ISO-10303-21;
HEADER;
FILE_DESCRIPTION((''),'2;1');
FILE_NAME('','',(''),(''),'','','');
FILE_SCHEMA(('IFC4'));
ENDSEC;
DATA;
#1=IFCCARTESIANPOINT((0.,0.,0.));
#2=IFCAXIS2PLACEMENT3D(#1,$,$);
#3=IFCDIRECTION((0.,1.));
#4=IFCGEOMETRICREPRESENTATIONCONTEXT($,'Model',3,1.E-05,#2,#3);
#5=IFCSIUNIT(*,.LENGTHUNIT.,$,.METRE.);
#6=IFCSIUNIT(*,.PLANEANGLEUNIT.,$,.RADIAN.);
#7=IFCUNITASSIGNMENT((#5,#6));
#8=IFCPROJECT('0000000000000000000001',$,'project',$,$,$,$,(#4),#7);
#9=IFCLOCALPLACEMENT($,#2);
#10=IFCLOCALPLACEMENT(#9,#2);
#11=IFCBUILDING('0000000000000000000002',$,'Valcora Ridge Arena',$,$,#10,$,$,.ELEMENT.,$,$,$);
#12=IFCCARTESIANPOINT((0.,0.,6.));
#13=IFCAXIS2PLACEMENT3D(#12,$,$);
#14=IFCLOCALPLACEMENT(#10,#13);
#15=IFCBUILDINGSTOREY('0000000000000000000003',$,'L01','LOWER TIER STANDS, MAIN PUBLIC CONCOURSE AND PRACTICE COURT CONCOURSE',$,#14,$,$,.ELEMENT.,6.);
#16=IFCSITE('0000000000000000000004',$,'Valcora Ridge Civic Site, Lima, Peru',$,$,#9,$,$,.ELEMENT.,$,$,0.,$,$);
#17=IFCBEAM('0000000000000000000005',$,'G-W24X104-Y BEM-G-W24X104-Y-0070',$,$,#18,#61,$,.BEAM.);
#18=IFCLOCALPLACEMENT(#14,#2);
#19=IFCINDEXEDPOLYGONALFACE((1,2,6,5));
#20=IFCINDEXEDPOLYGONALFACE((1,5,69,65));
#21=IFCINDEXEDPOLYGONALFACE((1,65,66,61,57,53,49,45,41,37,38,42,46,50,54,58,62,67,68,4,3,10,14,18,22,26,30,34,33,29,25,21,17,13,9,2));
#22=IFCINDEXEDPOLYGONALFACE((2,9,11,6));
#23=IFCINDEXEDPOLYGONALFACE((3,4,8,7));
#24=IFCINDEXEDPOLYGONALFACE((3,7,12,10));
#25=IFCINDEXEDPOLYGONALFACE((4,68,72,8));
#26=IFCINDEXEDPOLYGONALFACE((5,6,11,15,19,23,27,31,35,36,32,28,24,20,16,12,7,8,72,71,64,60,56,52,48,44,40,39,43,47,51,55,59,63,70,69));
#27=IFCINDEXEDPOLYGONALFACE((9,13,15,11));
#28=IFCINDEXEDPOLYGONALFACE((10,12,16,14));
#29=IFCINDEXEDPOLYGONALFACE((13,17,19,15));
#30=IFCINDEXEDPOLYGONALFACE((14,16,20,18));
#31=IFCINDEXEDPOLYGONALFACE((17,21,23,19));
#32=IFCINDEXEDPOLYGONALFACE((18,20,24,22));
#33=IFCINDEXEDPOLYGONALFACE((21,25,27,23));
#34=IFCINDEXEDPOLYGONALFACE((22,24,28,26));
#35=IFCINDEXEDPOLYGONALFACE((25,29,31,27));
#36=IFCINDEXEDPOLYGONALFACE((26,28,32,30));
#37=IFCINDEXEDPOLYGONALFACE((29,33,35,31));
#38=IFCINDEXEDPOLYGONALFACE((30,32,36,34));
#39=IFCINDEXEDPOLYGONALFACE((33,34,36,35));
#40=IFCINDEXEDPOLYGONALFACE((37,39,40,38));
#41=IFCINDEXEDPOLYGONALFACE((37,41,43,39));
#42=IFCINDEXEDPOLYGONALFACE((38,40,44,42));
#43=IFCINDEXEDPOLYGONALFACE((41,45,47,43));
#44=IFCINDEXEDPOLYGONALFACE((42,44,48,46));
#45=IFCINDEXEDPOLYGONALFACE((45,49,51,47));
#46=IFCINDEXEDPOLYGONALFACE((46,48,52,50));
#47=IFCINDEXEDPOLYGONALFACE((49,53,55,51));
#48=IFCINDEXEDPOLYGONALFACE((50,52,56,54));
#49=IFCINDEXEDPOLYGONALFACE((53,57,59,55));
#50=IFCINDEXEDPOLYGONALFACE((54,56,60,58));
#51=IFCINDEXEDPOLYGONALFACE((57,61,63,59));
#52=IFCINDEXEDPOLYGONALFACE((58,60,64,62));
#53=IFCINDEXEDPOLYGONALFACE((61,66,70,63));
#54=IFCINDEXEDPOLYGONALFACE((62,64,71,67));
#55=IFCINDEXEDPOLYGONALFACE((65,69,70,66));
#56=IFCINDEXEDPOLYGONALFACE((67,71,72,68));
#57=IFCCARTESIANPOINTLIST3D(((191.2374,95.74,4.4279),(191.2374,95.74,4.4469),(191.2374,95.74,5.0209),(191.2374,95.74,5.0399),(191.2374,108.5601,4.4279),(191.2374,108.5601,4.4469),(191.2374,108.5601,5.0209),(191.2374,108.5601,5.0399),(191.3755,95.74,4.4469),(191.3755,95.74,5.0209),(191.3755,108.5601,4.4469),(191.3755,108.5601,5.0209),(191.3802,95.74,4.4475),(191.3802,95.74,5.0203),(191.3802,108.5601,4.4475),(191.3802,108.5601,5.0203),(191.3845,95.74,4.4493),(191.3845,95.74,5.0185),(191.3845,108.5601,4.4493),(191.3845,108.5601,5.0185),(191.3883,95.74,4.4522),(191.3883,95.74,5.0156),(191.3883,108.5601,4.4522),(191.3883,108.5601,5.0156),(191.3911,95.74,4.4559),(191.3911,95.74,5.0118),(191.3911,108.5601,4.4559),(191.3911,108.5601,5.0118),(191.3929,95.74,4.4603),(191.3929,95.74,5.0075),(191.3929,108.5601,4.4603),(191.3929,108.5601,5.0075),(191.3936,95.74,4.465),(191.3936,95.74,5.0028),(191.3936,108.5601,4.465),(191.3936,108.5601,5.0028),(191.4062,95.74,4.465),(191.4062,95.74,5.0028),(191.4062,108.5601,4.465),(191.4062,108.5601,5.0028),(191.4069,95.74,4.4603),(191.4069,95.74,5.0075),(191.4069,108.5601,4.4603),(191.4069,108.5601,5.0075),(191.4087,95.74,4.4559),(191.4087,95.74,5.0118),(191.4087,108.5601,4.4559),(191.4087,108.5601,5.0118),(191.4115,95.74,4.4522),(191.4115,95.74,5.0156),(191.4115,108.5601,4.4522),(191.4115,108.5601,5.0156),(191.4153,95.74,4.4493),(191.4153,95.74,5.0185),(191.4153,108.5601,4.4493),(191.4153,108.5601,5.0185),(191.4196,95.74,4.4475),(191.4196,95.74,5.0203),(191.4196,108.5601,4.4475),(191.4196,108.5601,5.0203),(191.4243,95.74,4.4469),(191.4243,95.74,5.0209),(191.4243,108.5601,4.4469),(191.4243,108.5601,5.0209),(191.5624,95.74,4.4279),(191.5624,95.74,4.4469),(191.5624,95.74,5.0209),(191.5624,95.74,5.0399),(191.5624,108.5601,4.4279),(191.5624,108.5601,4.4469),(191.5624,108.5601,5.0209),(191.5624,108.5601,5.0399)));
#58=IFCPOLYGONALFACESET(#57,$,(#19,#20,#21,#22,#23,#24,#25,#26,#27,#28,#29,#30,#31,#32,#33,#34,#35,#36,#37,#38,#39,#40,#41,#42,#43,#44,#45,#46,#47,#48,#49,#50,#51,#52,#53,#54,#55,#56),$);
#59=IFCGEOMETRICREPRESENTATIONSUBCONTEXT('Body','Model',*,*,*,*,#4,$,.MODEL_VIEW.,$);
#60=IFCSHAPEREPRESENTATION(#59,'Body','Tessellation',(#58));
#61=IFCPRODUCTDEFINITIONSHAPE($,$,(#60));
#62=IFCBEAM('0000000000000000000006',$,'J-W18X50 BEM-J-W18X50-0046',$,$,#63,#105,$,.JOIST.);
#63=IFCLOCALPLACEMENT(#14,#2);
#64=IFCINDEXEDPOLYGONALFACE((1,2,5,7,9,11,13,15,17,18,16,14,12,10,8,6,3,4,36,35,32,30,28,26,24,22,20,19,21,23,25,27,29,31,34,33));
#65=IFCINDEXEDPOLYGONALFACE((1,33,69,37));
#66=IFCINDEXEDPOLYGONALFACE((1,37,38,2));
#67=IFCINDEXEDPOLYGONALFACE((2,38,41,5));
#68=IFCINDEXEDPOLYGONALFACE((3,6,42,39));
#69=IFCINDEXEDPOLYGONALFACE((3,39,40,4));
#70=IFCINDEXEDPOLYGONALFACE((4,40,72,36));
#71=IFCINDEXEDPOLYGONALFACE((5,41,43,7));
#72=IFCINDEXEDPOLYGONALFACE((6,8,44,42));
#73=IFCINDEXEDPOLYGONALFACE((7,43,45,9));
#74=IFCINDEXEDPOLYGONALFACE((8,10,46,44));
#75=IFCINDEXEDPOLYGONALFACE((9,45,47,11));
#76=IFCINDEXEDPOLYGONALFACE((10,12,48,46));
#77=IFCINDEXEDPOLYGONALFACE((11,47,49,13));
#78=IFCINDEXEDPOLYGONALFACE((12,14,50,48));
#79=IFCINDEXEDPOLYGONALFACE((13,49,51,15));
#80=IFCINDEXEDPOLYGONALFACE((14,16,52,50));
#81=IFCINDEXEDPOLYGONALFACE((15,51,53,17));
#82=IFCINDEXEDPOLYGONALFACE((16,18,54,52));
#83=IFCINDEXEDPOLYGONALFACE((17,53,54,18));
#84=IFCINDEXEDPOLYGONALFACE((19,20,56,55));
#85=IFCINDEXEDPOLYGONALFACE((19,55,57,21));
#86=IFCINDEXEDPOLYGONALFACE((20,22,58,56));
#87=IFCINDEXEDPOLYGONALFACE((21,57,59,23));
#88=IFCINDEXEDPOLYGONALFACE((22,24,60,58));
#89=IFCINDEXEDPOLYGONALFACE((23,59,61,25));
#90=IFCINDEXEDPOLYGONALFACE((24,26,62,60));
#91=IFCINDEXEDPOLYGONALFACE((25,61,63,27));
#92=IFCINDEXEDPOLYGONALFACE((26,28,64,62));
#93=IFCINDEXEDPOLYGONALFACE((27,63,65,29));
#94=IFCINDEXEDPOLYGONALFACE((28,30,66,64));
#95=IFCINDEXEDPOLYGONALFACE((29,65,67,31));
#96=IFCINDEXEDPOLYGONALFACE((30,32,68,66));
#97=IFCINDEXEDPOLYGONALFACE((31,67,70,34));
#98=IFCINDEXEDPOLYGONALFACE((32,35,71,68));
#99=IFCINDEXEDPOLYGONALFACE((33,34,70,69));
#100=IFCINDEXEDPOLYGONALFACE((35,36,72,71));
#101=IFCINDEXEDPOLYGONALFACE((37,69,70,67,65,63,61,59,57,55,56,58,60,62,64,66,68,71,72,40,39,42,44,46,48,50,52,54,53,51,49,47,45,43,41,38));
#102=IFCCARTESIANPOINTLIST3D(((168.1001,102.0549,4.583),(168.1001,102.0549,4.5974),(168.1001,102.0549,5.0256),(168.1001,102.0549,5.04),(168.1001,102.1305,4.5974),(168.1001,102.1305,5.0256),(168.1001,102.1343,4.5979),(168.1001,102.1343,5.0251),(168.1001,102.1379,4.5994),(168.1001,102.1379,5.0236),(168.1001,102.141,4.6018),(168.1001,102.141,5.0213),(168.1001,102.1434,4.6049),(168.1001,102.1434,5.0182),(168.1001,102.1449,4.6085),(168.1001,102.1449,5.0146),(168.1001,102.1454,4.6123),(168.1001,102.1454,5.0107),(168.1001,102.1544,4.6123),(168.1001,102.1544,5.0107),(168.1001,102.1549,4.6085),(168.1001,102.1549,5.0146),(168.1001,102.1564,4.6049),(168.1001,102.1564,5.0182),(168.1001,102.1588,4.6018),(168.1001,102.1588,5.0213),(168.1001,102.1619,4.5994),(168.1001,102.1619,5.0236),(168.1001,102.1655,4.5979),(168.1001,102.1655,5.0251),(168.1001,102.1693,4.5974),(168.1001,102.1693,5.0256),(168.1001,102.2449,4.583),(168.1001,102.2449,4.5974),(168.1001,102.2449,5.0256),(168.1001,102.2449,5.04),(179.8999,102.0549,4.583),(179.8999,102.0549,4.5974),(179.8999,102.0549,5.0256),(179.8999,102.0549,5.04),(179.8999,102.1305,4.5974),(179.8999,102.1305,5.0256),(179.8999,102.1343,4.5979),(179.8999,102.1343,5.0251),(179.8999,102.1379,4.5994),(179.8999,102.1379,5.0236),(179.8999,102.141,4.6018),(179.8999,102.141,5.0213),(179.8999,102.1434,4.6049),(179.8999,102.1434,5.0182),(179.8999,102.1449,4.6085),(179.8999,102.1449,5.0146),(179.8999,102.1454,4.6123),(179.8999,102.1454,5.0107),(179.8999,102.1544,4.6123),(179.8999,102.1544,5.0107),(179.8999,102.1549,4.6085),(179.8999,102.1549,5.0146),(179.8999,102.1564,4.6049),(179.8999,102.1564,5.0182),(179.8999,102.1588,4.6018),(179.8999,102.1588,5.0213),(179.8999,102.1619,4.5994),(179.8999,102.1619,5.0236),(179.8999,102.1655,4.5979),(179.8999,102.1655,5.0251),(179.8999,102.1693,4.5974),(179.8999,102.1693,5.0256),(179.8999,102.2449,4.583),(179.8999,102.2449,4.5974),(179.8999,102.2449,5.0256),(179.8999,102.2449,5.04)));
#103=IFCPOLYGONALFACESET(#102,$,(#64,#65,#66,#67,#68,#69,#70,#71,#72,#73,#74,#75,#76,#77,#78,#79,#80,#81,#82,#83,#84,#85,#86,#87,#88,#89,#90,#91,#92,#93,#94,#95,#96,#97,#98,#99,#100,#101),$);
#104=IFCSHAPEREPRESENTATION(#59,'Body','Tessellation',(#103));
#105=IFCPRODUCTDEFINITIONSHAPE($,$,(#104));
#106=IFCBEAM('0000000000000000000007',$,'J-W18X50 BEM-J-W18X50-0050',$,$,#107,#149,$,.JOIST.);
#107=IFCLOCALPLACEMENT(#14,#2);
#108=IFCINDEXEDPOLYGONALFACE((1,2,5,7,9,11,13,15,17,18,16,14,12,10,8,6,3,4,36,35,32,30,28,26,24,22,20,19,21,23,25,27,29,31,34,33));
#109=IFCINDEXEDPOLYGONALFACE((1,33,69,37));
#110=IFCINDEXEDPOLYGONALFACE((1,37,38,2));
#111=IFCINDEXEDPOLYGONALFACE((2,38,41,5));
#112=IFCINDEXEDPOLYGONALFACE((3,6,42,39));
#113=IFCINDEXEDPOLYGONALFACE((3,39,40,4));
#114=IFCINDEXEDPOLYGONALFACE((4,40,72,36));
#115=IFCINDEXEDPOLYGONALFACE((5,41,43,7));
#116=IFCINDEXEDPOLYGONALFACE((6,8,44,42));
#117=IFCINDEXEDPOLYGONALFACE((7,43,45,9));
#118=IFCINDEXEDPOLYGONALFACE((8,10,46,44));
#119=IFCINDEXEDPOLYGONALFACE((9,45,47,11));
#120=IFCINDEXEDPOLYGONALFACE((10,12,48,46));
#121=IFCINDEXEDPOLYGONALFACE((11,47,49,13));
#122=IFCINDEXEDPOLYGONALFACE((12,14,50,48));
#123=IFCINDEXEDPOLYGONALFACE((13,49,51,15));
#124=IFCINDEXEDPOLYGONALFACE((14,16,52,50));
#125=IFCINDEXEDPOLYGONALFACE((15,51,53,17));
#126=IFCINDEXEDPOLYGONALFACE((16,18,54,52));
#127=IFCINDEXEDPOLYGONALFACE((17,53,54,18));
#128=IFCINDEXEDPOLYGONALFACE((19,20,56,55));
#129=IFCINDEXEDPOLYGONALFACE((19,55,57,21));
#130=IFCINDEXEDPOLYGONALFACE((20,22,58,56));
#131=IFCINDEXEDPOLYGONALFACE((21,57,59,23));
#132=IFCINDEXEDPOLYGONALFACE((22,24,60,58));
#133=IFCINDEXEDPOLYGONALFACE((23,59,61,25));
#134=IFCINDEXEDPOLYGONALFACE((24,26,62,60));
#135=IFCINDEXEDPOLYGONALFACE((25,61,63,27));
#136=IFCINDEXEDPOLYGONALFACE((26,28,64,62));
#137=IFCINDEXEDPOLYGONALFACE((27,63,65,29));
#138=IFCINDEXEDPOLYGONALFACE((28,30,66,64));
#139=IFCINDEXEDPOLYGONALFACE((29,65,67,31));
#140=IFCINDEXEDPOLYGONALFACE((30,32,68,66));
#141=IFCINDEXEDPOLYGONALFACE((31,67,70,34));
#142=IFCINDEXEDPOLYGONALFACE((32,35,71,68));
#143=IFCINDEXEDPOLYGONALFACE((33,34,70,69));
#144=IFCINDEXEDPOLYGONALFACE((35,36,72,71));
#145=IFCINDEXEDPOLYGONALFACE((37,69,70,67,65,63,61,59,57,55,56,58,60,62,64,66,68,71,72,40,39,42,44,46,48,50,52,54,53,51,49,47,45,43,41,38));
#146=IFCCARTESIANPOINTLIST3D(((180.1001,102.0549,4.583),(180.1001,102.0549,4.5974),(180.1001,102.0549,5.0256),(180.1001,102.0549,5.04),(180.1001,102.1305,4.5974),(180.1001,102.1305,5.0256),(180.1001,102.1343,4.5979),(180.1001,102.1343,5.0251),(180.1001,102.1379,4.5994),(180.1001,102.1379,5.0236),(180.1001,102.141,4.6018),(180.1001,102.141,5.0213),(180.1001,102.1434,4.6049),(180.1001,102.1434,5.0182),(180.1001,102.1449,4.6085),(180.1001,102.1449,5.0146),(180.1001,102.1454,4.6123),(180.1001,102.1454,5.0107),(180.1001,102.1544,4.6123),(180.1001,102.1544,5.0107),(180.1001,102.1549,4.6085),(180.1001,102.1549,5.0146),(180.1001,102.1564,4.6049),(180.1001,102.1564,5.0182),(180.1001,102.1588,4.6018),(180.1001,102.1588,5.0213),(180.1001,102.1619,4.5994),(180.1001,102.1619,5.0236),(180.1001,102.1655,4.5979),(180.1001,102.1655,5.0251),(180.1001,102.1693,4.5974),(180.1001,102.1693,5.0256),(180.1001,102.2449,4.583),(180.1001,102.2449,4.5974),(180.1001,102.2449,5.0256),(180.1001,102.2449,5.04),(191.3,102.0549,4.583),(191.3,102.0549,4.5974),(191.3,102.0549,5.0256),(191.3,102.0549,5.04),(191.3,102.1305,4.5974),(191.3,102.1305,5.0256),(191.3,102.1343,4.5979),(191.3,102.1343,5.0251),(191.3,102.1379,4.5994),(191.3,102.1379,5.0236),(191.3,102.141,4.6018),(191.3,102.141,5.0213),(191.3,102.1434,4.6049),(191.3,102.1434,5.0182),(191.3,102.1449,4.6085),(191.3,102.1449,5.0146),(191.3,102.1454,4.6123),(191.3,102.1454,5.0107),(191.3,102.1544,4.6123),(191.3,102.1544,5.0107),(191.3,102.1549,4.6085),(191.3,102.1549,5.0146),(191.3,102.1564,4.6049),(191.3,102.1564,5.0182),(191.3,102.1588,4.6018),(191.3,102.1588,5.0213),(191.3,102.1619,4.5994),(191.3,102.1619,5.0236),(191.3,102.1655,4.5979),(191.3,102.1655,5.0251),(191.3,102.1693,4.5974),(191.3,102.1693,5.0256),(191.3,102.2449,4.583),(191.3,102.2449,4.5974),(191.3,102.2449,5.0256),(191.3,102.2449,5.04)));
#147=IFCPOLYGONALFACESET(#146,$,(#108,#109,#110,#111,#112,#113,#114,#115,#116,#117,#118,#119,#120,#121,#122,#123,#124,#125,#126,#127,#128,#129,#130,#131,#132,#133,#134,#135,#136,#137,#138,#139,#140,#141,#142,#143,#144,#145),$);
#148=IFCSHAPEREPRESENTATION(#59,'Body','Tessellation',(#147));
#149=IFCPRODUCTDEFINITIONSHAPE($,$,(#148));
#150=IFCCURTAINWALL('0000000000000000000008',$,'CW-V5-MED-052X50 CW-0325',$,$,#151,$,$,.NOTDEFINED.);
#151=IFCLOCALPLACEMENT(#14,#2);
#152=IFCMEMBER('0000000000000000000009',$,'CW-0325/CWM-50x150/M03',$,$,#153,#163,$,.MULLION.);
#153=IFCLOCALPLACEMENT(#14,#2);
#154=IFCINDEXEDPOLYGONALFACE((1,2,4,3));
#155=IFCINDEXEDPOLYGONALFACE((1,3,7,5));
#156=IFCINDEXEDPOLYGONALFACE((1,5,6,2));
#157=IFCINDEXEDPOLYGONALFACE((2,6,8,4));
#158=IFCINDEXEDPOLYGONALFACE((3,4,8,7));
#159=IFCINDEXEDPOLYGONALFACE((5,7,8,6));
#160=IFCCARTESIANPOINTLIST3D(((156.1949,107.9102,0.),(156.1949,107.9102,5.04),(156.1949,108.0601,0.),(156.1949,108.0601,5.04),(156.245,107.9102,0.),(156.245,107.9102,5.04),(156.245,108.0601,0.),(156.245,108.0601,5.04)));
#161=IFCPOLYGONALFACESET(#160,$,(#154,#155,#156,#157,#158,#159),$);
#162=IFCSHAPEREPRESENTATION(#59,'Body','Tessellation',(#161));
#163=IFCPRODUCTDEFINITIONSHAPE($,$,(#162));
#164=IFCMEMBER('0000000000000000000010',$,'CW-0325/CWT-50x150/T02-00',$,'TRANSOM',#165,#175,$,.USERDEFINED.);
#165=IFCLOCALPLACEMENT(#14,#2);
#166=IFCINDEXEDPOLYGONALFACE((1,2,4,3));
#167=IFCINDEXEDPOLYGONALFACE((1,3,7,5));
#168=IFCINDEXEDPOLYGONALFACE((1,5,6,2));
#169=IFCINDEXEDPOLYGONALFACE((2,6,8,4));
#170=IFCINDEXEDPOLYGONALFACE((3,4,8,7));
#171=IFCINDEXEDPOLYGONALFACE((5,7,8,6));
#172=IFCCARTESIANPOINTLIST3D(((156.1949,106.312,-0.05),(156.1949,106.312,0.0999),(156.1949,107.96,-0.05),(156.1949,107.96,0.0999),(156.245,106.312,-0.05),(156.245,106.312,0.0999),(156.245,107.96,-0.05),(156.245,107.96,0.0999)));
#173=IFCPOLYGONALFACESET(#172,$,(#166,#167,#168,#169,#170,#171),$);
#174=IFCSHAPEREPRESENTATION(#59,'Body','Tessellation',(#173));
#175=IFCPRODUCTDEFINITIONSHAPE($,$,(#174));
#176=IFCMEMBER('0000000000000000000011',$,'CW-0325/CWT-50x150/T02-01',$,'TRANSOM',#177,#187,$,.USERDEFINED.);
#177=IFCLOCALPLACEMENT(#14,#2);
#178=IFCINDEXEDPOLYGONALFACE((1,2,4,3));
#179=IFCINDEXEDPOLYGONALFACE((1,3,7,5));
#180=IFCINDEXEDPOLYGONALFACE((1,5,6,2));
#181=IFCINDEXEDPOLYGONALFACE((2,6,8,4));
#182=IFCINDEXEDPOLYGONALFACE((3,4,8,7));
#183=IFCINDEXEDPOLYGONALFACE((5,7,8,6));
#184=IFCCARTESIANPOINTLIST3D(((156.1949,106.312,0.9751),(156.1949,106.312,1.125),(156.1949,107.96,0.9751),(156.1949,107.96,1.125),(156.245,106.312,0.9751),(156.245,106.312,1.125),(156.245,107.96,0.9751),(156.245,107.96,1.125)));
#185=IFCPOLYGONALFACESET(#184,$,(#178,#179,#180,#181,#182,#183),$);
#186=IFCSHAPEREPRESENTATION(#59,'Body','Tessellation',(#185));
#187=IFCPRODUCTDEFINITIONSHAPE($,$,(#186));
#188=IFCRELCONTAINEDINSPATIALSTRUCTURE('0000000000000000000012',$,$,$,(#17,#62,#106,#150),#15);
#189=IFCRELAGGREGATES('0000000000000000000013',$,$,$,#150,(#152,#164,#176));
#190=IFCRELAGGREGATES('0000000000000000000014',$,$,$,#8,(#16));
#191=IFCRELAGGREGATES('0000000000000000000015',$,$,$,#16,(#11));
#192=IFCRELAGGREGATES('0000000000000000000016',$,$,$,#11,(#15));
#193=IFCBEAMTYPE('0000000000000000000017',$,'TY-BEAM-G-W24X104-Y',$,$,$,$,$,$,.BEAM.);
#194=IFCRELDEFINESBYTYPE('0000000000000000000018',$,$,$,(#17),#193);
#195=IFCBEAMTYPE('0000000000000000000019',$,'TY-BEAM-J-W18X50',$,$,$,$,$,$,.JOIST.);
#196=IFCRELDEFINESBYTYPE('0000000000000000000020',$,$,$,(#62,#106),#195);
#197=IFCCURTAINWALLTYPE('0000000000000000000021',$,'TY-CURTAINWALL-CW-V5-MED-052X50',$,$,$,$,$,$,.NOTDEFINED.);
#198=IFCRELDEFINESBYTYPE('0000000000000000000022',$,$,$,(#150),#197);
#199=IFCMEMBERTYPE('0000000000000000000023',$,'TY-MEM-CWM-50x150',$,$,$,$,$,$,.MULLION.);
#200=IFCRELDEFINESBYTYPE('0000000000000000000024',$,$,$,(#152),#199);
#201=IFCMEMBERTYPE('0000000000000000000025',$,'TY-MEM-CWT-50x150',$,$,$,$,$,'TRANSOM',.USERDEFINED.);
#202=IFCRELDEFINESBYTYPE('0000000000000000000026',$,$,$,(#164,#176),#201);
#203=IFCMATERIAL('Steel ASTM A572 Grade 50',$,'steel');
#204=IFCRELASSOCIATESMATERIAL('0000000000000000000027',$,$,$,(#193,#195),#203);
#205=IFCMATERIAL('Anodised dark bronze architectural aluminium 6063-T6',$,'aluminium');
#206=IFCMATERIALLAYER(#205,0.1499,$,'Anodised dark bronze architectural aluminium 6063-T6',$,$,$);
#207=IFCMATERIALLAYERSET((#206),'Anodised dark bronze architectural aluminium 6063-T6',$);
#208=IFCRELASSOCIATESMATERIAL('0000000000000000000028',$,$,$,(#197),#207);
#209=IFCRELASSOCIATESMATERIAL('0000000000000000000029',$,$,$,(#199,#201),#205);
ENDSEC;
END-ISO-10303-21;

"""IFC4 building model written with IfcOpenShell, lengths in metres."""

from ifc_helpers import new_model, si_unit, direction, frame, origin, origin_2d, place, context, subcontext, project, spatial, rectangle, i_section, extrude, material, layer, layer_set, material_profile, profile_set, type_object, element, aggregate, save


model = new_model("IFC4")

# Units and contexts
model_context = context("Model", 3, precision=1e-05, world=origin(), true_north=direction((0.0, 1.0)))
body_context = subcontext(model_context, "Body", "Model", "MODEL_VIEW")
ifc_project = project(units=[si_unit("LENGTHUNIT", "METRE"), si_unit("PLANEANGLEUNIT", "RADIAN")], contexts=[model_context])

# Site, building, storey
site_placement = place(None, origin())
site = spatial("IfcSite", under=ifc_project, at=site_placement, Name="Valcora Ridge Civic Site, Lima, Peru", CompositionType="ELEMENT", RefElevation=0.0)
building_placement = place(site_placement, origin())
building = spatial("IfcBuilding", under=site, at=building_placement, Name="Valcora Ridge Arena", CompositionType="ELEMENT")
storey_placement = place(building_placement, frame((0.0, 0.0, 6.0)))
storey = spatial("IfcBuildingStorey", under=building, at=storey_placement, Name="L01", Description="LOWER TIER STANDS, MAIN PUBLIC CONCOURSE AND PRACTICE COURT CONCOURSE", CompositionType="ELEMENT", Elevation=6.0)

# Beams
ifc_material_1 = material(Name="Steel ASTM A572 Grade 50", Category="steel")
ifc_material_profile_1 = material_profile(ifc_material_1, i_section(OverallWidth=0.325, OverallDepth=0.6121, WebThickness=0.0127, FlangeThickness=0.019, FilletRadius=0.0181, at=origin_2d()), Name="W24X104")
ifc_profile_set_1 = profile_set([ifc_material_profile_1], Name="Steel ASTM A572 Grade 50")
beam_type_1 = type_object("IfcBeamType", Name="TY-BEAM-G-W24X104-Y", PredefinedType="BEAM", material=ifc_profile_set_1)
for number, where, z_axis, x_axis, name in (
    (1, (191.3999, 95.74, 4.7339), (0.0, 1.0, 0.0), (-1.0, 0.0, 0.0), "G-W24X104-Y BEM-G-W24X104-Y-0070"),
):
    element("IfcBeam", number, at=place(storey_placement, frame(where, z_axis=z_axis, x_axis=x_axis)), inside=storey, type_object=beam_type_1, Name=name, PredefinedType="BEAM", context=body_context, shape_type="SweptSolid", body=[
        extrude(i_section(OverallWidth=0.325, OverallDepth=0.6121, WebThickness=0.0127, FlangeThickness=0.019, FilletRadius=0.0181, at=origin_2d()), origin(), (0.0, 0.0, 1.0), 12.8201),
    ])
ifc_material_profile_2 = material_profile(ifc_material_1, i_section(OverallWidth=0.1899, OverallDepth=0.457, WebThickness=0.009, FlangeThickness=0.0144, FilletRadius=0.0149, at=origin_2d()), Name="W18X50")
ifc_profile_set_2 = profile_set([ifc_material_profile_2], Name="Steel ASTM A572 Grade 50")
beam_type_2 = type_object("IfcBeamType", Name="TY-BEAM-J-W18X50", PredefinedType="JOIST", material=ifc_profile_set_2)
beam_1_placement = place(storey_placement, frame((168.1001, 102.1499, 4.8115), z_axis=(1.0, 0.0, 0.0), x_axis=(0.0, 1.0, 0.0)))
element("IfcBeam", 2, at=beam_1_placement, inside=storey, type_object=beam_type_2, Name="J-W18X50 BEM-J-W18X50-0046", PredefinedType="JOIST", context=body_context, shape_type="SweptSolid", body=[
    extrude(i_section(OverallWidth=0.1899, OverallDepth=0.457, WebThickness=0.009, FlangeThickness=0.0144, FilletRadius=0.0149, at=origin_2d()), origin(), (0.0, 0.0, 1.0), 11.7998),
])
beam_2_placement = place(storey_placement, frame((180.1001, 102.1499, 4.8115), z_axis=(1.0, 0.0, 0.0), x_axis=(0.0, 1.0, 0.0)))
element("IfcBeam", 3, at=beam_2_placement, inside=storey, type_object=beam_type_2, Name="J-W18X50 BEM-J-W18X50-0050", PredefinedType="JOIST", context=body_context, shape_type="SweptSolid", body=[
    extrude(i_section(OverallWidth=0.1899, OverallDepth=0.457, WebThickness=0.009, FlangeThickness=0.0144, FilletRadius=0.0149, at=origin_2d()), origin(), (0.0, 0.0, 1.0), 11.2),
])

# Curtain wall, members
ifc_material_2 = material(Name="Anodised dark bronze architectural aluminium 6063-T6", Category="aluminium")
ifc_layer_1 = layer(ifc_material_2, 0.1499, Name="Anodised dark bronze architectural aluminium 6063-T6")
ifc_layer_set_1 = layer_set([ifc_layer_1], Name="Anodised dark bronze architectural aluminium 6063-T6")
curtain_wall_type = type_object("IfcCurtainWallType", Name="TY-CURTAINWALL-CW-V5-MED-052X50", PredefinedType="NOTDEFINED", material=ifc_layer_set_1)
curtain_wall_placement = place(storey_placement, origin())
curtain_wall = element("IfcCurtainWall", 4, at=curtain_wall_placement, inside=storey, type_object=curtain_wall_type, Name="CW-V5-MED-052X50 CW-0325", PredefinedType="NOTDEFINED")
ifc_material_profile_3 = material_profile(ifc_material_2, rectangle(XDim=0.05, YDim=0.1499, at=origin_2d()), Name="ALU MULLION 50x150")
ifc_profile_set_3 = profile_set([ifc_material_profile_3], Name="Anodised dark bronze architectural aluminium 6063-T6")
member_type_1 = type_object("IfcMemberType", Name="TY-MEM-CWM-50x150", PredefinedType="MULLION", material=ifc_profile_set_3)
member_1_placement = place(storey_placement, frame((156.22, 107.9851, 0.0), z_axis=(0.0, 0.0, 1.0), x_axis=(-1.0, 0.0, 0.0)))
member_1 = element("IfcMember", 5, at=member_1_placement, type_object=member_type_1, Name="CW-0325/CWM-50x150/M03", PredefinedType="MULLION", context=body_context, shape_type="SweptSolid", body=[
    extrude(rectangle(XDim=0.05, YDim=0.1499, at=origin_2d()), origin(), (0.0, 0.0, 1.0), 5.04),
])
ifc_material_profile_4 = material_profile(ifc_material_2, rectangle(XDim=0.05, YDim=0.1499, at=origin_2d()), Name="ALU TRANSOM 50x150")
ifc_profile_set_4 = profile_set([ifc_material_profile_4], Name="Anodised dark bronze architectural aluminium 6063-T6")
member_type_2 = type_object("IfcMemberType", Name="TY-MEM-CWT-50x150", ElementType="TRANSOM", PredefinedType="USERDEFINED", material=ifc_profile_set_4)
member_2_placement = place(storey_placement, frame((156.22, 106.312, 0.0249), z_axis=(0.0, 1.0, 0.0), x_axis=(-1.0, 0.0, 0.0)))
member_2 = element("IfcMember", 6, at=member_2_placement, type_object=member_type_2, Name="CW-0325/CWT-50x150/T02-00", ObjectType="TRANSOM", PredefinedType="USERDEFINED", context=body_context, shape_type="SweptSolid", body=[
    extrude(rectangle(XDim=0.05, YDim=0.1499, at=origin_2d()), origin(), (0.0, 0.0, 1.0), 1.6479),
])
member_3_placement = place(storey_placement, frame((156.22, 106.312, 1.05), z_axis=(0.0, 1.0, 0.0), x_axis=(-1.0, 0.0, 0.0)))
member_3 = element("IfcMember", 7, at=member_3_placement, type_object=member_type_2, Name="CW-0325/CWT-50x150/T02-01", ObjectType="TRANSOM", PredefinedType="USERDEFINED", context=body_context, shape_type="SweptSolid", body=[
    extrude(rectangle(XDim=0.05, YDim=0.1499, at=origin_2d()), origin(), (0.0, 0.0, 1.0), 1.6479),
])
aggregate(curtain_wall, [member_1, member_2, member_3])

save(model, "model.ifc")
